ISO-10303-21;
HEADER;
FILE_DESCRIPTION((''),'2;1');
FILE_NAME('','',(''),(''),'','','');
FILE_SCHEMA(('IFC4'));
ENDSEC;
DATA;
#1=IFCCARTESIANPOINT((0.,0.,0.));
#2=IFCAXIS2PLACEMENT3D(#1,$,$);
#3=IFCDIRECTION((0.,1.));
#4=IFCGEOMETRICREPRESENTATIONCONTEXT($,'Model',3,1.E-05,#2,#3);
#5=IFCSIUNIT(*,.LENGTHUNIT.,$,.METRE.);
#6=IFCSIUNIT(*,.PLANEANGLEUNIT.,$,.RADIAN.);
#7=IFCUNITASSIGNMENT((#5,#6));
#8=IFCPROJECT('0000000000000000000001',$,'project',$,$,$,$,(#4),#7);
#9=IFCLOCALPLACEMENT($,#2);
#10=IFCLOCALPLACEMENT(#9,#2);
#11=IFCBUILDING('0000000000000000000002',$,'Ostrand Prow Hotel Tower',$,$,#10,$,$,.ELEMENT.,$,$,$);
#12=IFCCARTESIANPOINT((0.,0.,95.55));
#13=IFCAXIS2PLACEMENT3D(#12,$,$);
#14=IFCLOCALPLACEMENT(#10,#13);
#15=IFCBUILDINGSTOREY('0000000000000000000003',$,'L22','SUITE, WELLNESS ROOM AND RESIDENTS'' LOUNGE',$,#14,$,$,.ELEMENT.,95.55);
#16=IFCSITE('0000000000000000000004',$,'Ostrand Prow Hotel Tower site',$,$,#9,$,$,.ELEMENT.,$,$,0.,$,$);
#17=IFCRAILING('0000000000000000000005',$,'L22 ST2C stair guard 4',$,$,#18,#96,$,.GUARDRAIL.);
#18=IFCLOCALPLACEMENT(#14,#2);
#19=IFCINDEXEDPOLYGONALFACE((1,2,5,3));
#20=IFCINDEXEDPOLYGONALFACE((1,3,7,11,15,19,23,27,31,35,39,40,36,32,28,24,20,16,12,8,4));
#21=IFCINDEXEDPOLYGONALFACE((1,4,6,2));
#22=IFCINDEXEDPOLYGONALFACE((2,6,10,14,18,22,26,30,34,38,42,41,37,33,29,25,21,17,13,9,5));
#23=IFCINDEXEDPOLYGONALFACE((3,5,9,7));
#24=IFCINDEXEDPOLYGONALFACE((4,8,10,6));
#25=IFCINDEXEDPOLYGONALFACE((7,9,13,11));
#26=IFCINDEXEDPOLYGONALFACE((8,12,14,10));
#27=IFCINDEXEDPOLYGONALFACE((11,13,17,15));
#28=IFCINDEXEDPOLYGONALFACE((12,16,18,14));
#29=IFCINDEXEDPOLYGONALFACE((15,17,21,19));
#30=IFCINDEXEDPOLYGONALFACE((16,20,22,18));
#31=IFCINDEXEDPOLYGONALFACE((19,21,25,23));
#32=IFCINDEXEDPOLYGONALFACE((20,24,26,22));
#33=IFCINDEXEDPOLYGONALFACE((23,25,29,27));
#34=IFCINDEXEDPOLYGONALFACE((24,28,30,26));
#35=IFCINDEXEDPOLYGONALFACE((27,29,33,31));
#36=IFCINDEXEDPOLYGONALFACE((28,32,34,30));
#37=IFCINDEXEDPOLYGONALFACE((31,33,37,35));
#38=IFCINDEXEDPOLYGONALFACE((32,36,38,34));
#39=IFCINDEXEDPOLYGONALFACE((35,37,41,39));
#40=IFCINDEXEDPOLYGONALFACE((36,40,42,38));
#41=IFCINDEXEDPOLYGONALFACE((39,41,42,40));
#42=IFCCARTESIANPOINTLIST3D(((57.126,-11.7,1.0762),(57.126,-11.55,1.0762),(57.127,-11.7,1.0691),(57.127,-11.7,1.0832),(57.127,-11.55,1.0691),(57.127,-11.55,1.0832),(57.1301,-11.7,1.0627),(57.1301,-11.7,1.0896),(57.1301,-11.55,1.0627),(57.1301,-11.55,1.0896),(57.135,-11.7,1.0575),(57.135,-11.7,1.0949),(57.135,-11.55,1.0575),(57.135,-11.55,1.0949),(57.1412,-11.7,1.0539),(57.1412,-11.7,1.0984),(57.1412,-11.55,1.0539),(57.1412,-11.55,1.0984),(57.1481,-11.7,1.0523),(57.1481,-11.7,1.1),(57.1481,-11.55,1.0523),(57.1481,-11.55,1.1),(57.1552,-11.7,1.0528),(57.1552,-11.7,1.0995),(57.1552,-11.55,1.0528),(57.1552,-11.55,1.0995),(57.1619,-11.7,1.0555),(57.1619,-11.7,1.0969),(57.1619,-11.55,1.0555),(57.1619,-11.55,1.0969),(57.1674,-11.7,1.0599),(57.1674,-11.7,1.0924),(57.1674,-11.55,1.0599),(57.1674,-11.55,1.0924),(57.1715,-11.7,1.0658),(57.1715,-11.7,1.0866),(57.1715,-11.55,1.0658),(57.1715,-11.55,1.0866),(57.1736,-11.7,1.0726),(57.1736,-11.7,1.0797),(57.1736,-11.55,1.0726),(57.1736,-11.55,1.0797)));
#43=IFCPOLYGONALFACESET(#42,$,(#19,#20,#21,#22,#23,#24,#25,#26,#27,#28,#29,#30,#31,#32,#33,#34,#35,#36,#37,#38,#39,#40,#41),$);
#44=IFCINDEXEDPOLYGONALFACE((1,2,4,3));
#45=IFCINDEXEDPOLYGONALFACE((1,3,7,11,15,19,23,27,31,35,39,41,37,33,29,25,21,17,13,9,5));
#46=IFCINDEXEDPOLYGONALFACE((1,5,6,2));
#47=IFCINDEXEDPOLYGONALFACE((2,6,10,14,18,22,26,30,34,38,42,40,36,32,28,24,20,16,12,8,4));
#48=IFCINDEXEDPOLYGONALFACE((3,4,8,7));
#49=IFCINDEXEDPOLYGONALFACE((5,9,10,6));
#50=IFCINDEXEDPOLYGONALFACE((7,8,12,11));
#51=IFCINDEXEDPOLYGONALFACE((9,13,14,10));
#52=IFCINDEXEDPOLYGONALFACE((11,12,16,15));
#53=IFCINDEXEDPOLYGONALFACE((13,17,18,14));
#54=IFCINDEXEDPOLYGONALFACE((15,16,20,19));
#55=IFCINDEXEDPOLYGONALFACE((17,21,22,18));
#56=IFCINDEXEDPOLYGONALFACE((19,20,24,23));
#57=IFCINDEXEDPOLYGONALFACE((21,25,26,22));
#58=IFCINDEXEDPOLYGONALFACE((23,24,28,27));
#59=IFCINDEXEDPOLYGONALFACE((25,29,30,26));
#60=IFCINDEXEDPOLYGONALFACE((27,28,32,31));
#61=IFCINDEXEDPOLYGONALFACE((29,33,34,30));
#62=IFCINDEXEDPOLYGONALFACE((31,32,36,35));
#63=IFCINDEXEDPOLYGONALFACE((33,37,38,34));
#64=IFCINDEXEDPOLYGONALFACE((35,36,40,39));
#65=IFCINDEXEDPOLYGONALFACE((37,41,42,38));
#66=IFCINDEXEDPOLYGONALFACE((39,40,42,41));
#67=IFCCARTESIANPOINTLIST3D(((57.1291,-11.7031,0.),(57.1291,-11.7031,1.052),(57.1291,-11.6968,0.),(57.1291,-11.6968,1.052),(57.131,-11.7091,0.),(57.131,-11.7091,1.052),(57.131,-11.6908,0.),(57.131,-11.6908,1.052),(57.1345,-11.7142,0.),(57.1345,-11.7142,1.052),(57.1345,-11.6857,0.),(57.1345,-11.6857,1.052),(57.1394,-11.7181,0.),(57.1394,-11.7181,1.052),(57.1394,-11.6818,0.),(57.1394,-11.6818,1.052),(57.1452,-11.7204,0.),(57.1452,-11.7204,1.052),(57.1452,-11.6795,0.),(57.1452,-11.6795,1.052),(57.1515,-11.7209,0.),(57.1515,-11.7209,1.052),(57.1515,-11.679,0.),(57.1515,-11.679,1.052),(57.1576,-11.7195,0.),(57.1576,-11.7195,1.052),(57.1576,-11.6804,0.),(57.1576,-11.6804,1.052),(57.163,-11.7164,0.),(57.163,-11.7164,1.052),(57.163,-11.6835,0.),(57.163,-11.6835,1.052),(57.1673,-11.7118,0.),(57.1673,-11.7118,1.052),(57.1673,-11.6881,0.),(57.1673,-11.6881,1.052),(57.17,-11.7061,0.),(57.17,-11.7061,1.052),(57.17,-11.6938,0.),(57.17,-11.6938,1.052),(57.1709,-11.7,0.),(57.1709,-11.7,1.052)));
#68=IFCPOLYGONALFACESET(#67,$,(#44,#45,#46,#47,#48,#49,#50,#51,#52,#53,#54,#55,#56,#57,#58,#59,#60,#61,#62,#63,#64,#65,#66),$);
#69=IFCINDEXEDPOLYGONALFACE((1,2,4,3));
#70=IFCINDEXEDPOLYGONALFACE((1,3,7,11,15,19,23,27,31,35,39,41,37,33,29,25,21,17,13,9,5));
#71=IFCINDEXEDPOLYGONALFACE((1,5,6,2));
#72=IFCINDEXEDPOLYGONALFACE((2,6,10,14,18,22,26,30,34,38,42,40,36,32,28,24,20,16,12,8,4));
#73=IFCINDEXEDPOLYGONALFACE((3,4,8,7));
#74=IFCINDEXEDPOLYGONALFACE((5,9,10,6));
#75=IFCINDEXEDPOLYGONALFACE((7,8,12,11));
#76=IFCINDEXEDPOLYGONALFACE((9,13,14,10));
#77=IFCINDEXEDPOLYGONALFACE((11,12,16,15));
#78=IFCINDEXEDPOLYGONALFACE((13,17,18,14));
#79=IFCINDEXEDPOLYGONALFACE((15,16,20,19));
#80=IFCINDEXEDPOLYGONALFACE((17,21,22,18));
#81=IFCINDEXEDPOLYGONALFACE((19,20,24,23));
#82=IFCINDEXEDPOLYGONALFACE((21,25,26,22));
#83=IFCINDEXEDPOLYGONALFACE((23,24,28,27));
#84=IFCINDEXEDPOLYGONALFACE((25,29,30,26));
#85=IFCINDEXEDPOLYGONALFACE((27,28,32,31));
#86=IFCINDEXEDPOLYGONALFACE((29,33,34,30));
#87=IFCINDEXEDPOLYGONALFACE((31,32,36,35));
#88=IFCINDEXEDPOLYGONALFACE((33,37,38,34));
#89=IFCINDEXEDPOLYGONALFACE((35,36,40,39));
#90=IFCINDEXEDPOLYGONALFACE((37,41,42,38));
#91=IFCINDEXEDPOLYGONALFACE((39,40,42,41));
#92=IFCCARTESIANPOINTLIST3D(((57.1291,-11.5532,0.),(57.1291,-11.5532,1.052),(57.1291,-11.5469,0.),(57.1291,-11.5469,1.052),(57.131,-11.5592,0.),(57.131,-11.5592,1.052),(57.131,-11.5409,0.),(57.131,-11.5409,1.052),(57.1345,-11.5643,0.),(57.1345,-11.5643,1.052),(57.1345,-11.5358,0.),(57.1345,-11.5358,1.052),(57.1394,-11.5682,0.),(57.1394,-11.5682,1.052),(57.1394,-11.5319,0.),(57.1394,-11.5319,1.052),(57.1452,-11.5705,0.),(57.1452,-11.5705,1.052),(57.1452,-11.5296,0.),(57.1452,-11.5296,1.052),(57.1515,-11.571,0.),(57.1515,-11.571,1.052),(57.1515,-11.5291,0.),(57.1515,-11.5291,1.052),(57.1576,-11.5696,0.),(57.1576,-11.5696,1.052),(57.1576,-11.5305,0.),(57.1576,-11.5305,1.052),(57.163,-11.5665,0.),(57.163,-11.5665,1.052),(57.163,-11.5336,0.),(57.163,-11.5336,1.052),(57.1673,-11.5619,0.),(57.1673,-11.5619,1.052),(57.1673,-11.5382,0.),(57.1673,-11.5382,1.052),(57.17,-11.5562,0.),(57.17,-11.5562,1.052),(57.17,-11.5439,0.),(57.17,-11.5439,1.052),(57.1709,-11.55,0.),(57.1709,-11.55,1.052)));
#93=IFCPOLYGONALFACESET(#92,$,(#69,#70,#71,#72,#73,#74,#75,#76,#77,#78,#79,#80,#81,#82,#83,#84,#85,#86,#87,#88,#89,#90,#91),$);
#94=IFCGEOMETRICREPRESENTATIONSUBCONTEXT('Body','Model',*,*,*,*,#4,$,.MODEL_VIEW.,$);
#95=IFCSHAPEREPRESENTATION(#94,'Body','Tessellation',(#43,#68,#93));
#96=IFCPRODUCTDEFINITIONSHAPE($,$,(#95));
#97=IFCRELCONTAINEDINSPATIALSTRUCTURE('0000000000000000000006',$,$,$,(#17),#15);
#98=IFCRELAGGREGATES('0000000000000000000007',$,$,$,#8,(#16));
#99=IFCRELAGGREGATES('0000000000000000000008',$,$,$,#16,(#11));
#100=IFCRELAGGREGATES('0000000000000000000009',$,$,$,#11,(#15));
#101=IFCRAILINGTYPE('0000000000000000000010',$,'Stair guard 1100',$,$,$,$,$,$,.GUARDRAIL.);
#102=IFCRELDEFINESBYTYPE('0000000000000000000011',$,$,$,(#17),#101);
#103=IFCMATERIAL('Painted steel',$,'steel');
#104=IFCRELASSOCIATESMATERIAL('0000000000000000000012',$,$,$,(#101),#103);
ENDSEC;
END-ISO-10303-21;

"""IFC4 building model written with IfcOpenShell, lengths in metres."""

from ifc_helpers import new_model, si_unit, direction, frame, origin, origin_2d, place, context, subcontext, project, spatial, circle, extrude, material, type_object, element, save


model = new_model("IFC4")

# Units and contexts
model_context = context("Model", 3, precision=1e-05, world=origin(), true_north=direction((0.0, 1.0)))
body_context = subcontext(model_context, "Body", "Model", "MODEL_VIEW")
ifc_project = project(units=[si_unit("LENGTHUNIT", "METRE"), si_unit("PLANEANGLEUNIT", "RADIAN")], contexts=[model_context])

# Site, building, storey
site_placement = place(None, origin())
site = spatial("IfcSite", under=ifc_project, at=site_placement, Name="Ostrand Prow Hotel Tower site", CompositionType="ELEMENT", RefElevation=0.0)
building_placement = place(site_placement, origin())
building = spatial("IfcBuilding", under=site, at=building_placement, Name="Ostrand Prow Hotel Tower", CompositionType="ELEMENT")
storey_placement = place(building_placement, frame((0.0, 0.0, 95.55)))
storey = spatial("IfcBuildingStorey", under=building, at=storey_placement, Name="L22", Description="SUITE, WELLNESS ROOM AND RESIDENTS' LOUNGE", CompositionType="ELEMENT", Elevation=95.55)

# Railing
ifc_material_1 = material(Name="Painted steel", Category="steel")
railing_type = type_object("IfcRailingType", Name="Stair guard 1100", PredefinedType="GUARDRAIL", material=ifc_material_1)
railing_placement = place(storey_placement, frame((57.1499, -11.7, 0.0)))
element("IfcRailing", 1, at=railing_placement, inside=storey, type_object=railing_type, Name="L22 ST2C stair guard 4", PredefinedType="GUARDRAIL", context=body_context, shape_type="SweptSolid", body=[
    extrude(circle(Radius=0.0239, at=origin_2d()), frame((0.0, 0.0, 1.0762), z_axis=(0.0, 1.0, 0.0), x_axis=(-1.0, 0.0, 0.0)), (0.0, 0.0, 1.0), 0.1499),
    extrude(circle(Radius=0.021, at=origin_2d()), origin(), (0.0, 0.0, 1.0), 1.052),
    extrude(circle(Radius=0.021, at=origin_2d()), frame((0.0, 0.1499, 0.0)), (0.0, 0.0, 1.0), 1.052),
])

save(model, "model.ifc")
